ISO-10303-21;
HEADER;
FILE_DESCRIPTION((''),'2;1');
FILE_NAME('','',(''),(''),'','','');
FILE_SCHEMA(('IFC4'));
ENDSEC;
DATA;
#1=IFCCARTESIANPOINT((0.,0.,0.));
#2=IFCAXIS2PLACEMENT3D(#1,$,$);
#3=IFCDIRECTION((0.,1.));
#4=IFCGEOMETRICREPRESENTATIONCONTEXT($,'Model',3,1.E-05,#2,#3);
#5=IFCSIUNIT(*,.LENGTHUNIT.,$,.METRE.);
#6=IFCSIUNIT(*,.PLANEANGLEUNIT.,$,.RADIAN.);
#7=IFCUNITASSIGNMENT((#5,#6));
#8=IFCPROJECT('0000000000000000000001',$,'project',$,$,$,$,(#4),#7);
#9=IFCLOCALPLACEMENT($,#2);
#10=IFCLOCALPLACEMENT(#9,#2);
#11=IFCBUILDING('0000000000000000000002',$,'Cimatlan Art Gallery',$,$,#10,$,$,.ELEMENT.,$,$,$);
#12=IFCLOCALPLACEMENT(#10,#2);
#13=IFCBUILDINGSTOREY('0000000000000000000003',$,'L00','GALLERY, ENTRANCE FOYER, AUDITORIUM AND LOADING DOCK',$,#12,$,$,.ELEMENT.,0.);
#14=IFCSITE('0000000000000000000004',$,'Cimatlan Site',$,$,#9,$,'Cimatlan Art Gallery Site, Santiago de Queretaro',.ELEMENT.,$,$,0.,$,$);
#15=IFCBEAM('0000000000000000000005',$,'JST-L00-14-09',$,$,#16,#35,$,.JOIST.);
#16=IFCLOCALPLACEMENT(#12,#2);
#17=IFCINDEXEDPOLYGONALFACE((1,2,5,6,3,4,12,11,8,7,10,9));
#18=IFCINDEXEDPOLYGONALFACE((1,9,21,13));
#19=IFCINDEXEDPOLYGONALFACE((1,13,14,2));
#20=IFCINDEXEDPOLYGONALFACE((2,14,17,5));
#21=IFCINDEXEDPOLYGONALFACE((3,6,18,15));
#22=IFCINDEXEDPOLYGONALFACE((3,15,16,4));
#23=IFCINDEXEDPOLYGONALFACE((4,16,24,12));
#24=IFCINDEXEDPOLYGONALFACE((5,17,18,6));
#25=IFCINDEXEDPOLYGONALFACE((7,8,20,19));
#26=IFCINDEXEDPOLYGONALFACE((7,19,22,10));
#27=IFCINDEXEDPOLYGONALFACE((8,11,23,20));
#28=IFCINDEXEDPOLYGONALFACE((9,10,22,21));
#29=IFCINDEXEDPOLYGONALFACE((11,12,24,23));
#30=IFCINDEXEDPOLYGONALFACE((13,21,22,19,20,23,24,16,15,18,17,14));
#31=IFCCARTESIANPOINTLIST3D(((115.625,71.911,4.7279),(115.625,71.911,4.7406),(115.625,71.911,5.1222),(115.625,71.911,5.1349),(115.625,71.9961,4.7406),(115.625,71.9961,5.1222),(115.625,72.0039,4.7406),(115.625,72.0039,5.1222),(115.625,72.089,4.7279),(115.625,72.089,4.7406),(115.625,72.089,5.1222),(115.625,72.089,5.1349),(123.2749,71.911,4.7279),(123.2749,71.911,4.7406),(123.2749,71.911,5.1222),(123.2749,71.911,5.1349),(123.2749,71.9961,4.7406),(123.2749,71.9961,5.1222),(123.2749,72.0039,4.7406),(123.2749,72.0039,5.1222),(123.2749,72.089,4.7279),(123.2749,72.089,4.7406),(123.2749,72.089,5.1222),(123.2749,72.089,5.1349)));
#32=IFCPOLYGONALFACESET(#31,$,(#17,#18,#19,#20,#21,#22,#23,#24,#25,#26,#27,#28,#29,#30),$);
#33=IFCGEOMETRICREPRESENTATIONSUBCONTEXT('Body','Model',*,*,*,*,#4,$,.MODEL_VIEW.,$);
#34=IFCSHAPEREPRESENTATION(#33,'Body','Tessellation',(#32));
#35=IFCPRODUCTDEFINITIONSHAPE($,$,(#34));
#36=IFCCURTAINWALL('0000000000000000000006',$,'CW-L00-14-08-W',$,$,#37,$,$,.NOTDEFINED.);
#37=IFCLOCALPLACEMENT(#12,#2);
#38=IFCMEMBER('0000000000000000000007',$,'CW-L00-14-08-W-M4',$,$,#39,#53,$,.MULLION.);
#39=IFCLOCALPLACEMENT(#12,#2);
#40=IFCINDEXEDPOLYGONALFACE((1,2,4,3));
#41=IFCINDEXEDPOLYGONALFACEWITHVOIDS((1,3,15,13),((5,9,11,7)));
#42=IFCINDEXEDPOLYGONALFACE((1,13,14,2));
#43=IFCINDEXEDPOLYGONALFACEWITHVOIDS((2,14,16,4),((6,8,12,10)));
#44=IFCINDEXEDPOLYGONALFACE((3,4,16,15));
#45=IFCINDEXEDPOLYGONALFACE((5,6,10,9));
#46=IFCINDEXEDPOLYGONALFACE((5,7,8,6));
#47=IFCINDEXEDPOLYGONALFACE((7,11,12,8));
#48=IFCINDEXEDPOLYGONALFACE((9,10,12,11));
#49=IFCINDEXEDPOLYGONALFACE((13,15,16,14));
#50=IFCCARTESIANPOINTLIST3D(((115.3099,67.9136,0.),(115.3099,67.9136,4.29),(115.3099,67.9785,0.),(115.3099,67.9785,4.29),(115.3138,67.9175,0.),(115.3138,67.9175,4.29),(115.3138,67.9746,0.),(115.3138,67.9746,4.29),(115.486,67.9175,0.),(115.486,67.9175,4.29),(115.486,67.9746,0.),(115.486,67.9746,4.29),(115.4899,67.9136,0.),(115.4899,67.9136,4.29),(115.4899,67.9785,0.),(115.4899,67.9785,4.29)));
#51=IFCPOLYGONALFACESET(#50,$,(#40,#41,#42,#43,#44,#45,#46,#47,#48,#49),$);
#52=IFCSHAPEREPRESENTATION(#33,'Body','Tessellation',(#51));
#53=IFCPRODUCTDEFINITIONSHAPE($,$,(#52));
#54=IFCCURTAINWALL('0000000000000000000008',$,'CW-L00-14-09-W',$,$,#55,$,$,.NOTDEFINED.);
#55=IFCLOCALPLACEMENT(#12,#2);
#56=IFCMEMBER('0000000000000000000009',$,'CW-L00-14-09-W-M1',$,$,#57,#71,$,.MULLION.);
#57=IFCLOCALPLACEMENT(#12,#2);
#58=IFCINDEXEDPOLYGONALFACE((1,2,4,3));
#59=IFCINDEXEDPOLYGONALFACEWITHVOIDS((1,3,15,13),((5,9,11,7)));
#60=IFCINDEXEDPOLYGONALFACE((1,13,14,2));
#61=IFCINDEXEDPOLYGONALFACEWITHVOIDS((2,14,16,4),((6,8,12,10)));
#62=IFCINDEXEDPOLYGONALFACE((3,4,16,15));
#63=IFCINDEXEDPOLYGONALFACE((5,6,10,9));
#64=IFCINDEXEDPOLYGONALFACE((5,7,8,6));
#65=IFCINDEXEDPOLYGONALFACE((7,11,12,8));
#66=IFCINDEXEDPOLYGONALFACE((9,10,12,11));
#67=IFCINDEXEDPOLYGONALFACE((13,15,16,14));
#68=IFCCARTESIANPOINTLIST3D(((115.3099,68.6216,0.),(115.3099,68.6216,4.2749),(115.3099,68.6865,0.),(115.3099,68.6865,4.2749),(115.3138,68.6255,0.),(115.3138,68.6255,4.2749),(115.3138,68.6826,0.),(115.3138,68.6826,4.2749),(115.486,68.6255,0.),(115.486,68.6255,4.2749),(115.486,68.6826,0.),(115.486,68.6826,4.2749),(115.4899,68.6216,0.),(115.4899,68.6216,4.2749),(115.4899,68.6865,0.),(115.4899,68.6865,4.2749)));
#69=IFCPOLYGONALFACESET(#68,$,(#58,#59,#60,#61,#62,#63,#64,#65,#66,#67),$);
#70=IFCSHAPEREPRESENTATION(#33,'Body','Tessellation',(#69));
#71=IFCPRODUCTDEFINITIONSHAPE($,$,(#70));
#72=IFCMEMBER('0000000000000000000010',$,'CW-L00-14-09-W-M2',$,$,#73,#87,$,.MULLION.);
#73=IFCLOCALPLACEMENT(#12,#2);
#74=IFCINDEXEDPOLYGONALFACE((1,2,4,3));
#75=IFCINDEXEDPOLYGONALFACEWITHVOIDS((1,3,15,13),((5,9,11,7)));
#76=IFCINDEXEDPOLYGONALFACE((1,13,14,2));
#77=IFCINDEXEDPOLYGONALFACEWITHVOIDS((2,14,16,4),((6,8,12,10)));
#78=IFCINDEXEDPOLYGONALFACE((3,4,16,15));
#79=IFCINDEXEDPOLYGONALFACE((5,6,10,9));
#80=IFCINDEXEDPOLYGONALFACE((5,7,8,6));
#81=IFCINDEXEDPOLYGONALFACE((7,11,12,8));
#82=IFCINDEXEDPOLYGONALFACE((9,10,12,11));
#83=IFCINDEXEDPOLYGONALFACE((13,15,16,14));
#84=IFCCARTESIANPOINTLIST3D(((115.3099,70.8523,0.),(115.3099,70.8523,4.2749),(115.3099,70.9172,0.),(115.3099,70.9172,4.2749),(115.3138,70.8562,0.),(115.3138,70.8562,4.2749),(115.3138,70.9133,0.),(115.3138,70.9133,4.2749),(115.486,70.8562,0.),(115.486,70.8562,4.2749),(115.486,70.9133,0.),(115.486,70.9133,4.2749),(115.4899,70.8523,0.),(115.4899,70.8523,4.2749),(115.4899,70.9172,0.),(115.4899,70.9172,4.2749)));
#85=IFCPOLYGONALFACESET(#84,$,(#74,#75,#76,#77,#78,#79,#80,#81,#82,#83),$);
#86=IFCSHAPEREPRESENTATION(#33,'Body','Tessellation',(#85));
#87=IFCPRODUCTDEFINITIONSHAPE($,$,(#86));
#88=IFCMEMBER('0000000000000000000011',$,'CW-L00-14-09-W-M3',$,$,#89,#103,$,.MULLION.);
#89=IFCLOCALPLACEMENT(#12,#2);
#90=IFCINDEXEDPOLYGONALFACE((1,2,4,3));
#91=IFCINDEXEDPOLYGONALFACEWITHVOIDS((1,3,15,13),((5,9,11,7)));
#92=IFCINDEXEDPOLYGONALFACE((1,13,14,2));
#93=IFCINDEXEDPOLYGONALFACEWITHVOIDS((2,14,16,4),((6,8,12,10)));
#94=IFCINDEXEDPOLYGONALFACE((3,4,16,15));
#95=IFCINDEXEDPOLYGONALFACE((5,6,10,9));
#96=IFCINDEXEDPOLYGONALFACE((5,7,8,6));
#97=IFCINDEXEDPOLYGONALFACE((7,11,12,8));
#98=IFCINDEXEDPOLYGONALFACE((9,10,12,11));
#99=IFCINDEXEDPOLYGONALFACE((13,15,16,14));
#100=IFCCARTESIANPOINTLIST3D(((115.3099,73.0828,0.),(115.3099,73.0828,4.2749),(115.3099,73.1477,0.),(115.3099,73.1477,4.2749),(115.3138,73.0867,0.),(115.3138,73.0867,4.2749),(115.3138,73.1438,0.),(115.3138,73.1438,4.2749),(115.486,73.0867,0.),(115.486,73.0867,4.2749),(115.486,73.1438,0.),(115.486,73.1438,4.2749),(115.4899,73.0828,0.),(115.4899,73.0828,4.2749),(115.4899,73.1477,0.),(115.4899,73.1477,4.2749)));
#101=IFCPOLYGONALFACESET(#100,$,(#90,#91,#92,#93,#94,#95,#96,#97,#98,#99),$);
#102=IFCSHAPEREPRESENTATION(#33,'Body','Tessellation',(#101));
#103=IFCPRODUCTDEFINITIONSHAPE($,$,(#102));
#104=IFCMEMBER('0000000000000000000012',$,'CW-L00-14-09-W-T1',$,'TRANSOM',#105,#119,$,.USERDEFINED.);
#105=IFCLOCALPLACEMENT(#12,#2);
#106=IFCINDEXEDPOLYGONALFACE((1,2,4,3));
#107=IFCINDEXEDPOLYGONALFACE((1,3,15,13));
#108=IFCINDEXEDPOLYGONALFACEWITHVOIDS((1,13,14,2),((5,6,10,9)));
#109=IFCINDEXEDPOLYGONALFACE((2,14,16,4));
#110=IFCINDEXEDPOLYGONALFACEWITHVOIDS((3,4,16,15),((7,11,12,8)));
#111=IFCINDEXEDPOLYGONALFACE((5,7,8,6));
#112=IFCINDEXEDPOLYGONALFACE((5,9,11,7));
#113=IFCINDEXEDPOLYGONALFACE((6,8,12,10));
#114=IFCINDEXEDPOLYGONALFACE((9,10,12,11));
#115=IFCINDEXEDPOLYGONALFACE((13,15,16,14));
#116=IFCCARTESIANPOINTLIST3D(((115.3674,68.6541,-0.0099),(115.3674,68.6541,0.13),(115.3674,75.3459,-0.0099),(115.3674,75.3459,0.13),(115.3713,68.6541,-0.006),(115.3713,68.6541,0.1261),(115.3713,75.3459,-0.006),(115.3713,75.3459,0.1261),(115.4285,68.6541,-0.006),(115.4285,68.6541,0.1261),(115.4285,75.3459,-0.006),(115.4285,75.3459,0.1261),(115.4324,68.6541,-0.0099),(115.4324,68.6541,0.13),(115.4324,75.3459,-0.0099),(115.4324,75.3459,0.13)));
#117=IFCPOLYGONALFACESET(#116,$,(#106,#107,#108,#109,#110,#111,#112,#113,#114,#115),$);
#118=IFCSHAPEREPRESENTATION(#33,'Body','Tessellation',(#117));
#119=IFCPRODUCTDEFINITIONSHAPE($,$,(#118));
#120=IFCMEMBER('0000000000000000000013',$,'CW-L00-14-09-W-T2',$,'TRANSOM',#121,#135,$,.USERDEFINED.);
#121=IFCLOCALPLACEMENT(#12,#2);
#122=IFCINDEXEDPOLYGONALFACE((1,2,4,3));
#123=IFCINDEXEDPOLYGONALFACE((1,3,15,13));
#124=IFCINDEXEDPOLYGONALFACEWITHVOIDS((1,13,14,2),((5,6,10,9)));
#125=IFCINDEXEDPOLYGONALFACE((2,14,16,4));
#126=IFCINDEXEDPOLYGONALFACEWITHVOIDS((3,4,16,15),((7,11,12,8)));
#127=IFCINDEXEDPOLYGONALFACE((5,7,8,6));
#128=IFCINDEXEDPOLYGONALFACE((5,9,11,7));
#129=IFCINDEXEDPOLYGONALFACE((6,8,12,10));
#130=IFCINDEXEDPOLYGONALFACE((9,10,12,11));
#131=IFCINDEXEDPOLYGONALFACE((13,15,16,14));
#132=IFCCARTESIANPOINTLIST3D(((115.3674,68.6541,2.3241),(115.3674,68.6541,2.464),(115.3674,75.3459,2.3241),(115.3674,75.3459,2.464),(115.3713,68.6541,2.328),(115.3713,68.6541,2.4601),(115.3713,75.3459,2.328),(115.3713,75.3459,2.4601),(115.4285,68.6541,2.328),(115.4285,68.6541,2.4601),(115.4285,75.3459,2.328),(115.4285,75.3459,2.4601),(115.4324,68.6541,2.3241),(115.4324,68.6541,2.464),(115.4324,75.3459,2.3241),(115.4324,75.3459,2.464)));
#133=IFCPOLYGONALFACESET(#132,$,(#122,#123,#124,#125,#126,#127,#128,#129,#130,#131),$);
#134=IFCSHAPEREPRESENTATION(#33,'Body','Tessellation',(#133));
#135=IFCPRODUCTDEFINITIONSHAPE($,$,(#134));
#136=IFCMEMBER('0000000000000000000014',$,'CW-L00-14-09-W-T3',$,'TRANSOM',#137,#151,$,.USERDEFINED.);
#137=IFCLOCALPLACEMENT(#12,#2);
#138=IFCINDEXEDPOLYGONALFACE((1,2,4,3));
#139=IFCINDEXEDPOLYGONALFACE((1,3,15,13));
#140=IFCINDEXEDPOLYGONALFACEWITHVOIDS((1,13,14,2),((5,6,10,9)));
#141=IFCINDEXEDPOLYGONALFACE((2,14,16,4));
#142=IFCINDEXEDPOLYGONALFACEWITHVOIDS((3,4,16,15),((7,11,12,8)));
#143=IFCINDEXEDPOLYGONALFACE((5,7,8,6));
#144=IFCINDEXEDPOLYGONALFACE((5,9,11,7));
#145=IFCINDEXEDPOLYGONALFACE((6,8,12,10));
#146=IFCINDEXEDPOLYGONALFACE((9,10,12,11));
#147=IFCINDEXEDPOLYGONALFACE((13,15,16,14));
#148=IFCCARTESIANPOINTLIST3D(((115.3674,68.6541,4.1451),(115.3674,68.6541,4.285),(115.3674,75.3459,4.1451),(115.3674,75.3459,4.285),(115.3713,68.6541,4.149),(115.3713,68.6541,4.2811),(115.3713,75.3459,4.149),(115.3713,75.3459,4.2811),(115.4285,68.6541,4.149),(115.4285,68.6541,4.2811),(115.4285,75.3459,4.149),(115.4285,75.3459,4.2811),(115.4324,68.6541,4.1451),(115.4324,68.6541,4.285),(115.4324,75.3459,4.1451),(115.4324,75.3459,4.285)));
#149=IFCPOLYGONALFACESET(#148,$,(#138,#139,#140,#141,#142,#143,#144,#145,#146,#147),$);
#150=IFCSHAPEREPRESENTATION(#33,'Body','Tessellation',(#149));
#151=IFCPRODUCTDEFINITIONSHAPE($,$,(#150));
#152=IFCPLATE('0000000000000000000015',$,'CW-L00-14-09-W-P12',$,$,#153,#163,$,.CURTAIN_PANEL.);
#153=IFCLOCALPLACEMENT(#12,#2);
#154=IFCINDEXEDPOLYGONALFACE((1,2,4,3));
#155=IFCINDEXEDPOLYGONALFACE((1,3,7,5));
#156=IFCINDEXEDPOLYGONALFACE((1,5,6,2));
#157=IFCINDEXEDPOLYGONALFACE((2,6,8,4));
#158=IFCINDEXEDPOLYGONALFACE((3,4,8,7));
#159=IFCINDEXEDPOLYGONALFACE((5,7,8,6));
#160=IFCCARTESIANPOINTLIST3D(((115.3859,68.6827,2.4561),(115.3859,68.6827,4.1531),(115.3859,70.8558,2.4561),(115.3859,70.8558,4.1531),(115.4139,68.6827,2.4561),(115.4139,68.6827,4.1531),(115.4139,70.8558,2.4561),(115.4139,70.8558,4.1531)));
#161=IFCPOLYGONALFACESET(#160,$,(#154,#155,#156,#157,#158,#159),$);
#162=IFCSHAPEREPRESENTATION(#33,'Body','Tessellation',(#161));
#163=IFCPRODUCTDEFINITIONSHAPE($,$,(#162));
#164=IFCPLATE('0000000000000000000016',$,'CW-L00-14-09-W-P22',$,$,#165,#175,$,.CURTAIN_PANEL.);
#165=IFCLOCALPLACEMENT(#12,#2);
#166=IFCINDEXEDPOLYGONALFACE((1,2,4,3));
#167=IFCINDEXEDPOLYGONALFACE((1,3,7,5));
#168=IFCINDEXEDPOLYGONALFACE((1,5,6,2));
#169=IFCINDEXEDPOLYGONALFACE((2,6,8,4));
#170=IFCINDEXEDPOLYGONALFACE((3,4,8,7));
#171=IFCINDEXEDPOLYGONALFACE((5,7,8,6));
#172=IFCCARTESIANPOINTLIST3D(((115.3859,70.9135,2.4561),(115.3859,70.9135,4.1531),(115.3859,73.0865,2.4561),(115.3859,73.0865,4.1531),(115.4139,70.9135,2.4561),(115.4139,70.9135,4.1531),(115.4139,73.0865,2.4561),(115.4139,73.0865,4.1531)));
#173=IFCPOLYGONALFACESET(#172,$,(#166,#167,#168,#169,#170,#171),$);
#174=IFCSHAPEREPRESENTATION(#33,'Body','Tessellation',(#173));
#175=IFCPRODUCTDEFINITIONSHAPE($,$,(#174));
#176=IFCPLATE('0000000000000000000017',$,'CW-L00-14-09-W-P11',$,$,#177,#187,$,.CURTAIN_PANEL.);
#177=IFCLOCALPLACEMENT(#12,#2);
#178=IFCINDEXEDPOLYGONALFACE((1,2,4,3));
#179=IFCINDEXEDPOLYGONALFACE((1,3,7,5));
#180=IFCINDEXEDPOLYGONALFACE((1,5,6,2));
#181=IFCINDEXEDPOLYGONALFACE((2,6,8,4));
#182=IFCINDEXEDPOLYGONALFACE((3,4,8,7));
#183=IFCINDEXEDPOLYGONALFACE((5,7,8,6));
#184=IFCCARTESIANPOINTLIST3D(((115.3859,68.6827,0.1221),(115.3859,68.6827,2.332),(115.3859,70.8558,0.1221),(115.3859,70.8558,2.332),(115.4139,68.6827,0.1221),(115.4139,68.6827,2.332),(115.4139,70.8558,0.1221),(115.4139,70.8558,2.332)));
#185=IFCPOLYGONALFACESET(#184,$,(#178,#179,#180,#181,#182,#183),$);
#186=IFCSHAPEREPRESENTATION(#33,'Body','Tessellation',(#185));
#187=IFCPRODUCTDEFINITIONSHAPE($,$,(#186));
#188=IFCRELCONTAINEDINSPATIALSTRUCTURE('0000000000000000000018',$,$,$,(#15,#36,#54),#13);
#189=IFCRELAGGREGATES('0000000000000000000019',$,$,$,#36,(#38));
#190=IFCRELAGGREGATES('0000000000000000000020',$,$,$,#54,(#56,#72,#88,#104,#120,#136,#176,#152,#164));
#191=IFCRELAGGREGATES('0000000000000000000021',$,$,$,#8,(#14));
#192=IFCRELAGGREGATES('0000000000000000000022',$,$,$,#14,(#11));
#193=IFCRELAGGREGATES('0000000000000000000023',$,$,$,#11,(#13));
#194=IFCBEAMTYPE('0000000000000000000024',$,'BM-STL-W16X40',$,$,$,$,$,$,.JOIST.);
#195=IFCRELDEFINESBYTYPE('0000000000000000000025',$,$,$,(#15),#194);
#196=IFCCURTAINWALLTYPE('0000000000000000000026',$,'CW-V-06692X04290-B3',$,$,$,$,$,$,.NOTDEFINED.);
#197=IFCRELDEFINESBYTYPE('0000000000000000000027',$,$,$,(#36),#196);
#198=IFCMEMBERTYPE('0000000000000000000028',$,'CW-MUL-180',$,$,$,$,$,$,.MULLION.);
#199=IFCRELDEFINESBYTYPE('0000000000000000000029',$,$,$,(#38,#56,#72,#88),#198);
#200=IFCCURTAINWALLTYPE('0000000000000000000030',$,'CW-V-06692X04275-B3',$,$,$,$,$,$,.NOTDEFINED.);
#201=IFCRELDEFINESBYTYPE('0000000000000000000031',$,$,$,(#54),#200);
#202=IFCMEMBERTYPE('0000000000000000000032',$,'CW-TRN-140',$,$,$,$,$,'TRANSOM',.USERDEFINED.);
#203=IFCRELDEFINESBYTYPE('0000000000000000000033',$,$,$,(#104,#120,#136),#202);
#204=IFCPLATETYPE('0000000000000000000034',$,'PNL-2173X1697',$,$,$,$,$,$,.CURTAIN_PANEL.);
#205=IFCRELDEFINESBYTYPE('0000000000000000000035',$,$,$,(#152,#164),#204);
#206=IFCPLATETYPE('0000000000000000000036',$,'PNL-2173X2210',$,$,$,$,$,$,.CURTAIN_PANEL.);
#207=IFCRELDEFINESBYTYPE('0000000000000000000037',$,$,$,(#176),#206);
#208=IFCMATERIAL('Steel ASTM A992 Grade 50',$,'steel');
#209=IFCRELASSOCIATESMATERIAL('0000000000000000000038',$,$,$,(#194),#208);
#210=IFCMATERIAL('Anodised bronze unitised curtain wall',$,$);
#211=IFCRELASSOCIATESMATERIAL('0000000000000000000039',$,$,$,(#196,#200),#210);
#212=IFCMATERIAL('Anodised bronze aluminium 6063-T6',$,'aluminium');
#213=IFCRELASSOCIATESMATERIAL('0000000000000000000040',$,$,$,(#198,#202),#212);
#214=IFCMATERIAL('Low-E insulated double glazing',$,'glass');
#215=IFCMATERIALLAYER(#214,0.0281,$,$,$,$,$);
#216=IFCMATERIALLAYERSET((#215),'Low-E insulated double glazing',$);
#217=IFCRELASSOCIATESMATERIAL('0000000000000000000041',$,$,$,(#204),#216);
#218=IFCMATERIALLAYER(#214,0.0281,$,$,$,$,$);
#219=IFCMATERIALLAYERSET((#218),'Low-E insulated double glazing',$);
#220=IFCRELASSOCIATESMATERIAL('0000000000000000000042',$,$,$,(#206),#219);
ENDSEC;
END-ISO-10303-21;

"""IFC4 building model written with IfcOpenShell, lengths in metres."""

from ifc_helpers import new_model, si_unit, direction, frame, origin, origin_2d, place, context, subcontext, project, spatial, rectangle, hollow_rectangle, i_section, extrude, material, layer, layer_set, material_profile, profile_set, type_object, element, aggregate, save


model = new_model("IFC4")

# Units and contexts
model_context = context("Model", 3, precision=1e-05, world=origin(), true_north=direction((0.0, 1.0)))
body_context = subcontext(model_context, "Body", "Model", "MODEL_VIEW")
ifc_project = project(units=[si_unit("LENGTHUNIT", "METRE"), si_unit("PLANEANGLEUNIT", "RADIAN")], contexts=[model_context])

# Site, building, storey
site_placement = place(None, origin())
site = spatial("IfcSite", under=ifc_project, at=site_placement, Name="Cimatlan Site", LongName="Cimatlan Art Gallery Site, Santiago de Queretaro", CompositionType="ELEMENT", RefElevation=0.0)
building_placement = place(site_placement, origin())
building = spatial("IfcBuilding", under=site, at=building_placement, Name="Cimatlan Art Gallery", CompositionType="ELEMENT")
storey_placement = place(building_placement, origin())
storey = spatial("IfcBuildingStorey", under=building, at=storey_placement, Name="L00", Description="GALLERY, ENTRANCE FOYER, AUDITORIUM AND LOADING DOCK", CompositionType="ELEMENT", Elevation=0.0)

# Beam
ifc_material_1 = material(Name="Steel ASTM A992 Grade 50", Category="steel")
ifc_material_profile_1 = material_profile(ifc_material_1, i_section(OverallWidth=0.178, OverallDepth=0.407, WebThickness=0.0078, FlangeThickness=0.0127, at=origin_2d()), Name="W16X40")
ifc_profile_set_1 = profile_set([ifc_material_profile_1], Name="Steel ASTM A992 Grade 50")
beam_type_1 = type_object("IfcBeamType", Name="BM-STL-W16X40", PredefinedType="JOIST", material=ifc_profile_set_1)
beam_1_placement = place(storey_placement, frame((115.625, 72.0, 4.9314), z_axis=(1.0, 0.0, 0.0), x_axis=(0.0, 1.0, 0.0)))
element("IfcBeam", 1, at=beam_1_placement, inside=storey, type_object=beam_type_1, Name="JST-L00-14-09", PredefinedType="JOIST", context=body_context, shape_type="SweptSolid", body=[
    extrude(i_section(OverallWidth=0.178, OverallDepth=0.407, WebThickness=0.0078, FlangeThickness=0.0127, at=origin_2d()), origin(), (0.0, 0.0, 1.0), 7.6499),
])

# Curtain wall, member
ifc_material_2 = material(Name="Anodised bronze unitised curtain wall")
curtain_wall_type_1 = type_object("IfcCurtainWallType", Name="CW-V-06692X04290-B3", PredefinedType="NOTDEFINED", material=ifc_material_2)
curtain_wall_1_placement = place(storey_placement, origin())
curtain_wall_1 = element("IfcCurtainWall", 2, at=curtain_wall_1_placement, inside=storey, type_object=curtain_wall_type_1, Name="CW-L00-14-08-W", PredefinedType="NOTDEFINED")
ifc_material_3 = material(Name="Anodised bronze aluminium 6063-T6", Category="aluminium")
ifc_material_profile_2 = material_profile(ifc_material_3, hollow_rectangle(XDim=0.0649, YDim=0.1799, WallThickness=0.0039, at=origin_2d()), Name="ALU65X180X4")
ifc_profile_set_2 = profile_set([ifc_material_profile_2], Name="Anodised bronze aluminium 6063-T6")
member_type_1 = type_object("IfcMemberType", Name="CW-MUL-180", PredefinedType="MULLION", material=ifc_profile_set_2)
member_1_placement = place(storey_placement, frame((115.3999, 67.946, 0.0), z_axis=(0.0, 0.0, 1.0), x_axis=(0.0, 1.0, 0.0)))
member_1 = element("IfcMember", 3, at=member_1_placement, type_object=member_type_1, Name="CW-L00-14-08-W-M4", PredefinedType="MULLION", context=body_context, shape_type="SweptSolid", body=[
    extrude(hollow_rectangle(XDim=0.0649, YDim=0.1799, WallThickness=0.0039, at=origin_2d()), origin(), (0.0, 0.0, 1.0), 4.29),
])
aggregate(curtain_wall_1, [member_1])

# Curtain wall, members, plates
curtain_wall_type_2 = type_object("IfcCurtainWallType", Name="CW-V-06692X04275-B3", PredefinedType="NOTDEFINED", material=ifc_material_2)
curtain_wall_2_placement = place(storey_placement, origin())
curtain_wall_2 = element("IfcCurtainWall", 4, at=curtain_wall_2_placement, inside=storey, type_object=curtain_wall_type_2, Name="CW-L00-14-09-W", PredefinedType="NOTDEFINED")
member_2_placement = place(storey_placement, frame((115.3999, 68.6541, 0.0), z_axis=(0.0, 0.0, 1.0), x_axis=(0.0, 1.0, 0.0)))
member_2 = element("IfcMember", 5, at=member_2_placement, type_object=member_type_1, Name="CW-L00-14-09-W-M1", PredefinedType="MULLION", context=body_context, shape_type="SweptSolid", body=[
    extrude(hollow_rectangle(XDim=0.0649, YDim=0.1799, WallThickness=0.0039, at=origin_2d()), origin(), (0.0, 0.0, 1.0), 4.2749),
])
member_3_placement = place(storey_placement, frame((115.3999, 70.8848, 0.0), z_axis=(0.0, 0.0, 1.0), x_axis=(0.0, 1.0, 0.0)))
member_3 = element("IfcMember", 6, at=member_3_placement, type_object=member_type_1, Name="CW-L00-14-09-W-M2", PredefinedType="MULLION", context=body_context, shape_type="SweptSolid", body=[
    extrude(hollow_rectangle(XDim=0.0649, YDim=0.1799, WallThickness=0.0039, at=origin_2d()), origin(), (0.0, 0.0, 1.0), 4.2749),
])
member_4_placement = place(storey_placement, frame((115.3999, 73.1152, 0.0), z_axis=(0.0, 0.0, 1.0), x_axis=(0.0, 1.0, 0.0)))
member_4 = element("IfcMember", 7, at=member_4_placement, type_object=member_type_1, Name="CW-L00-14-09-W-M3", PredefinedType="MULLION", context=body_context, shape_type="SweptSolid", body=[
    extrude(hollow_rectangle(XDim=0.0649, YDim=0.1799, WallThickness=0.0039, at=origin_2d()), origin(), (0.0, 0.0, 1.0), 4.2749),
])
ifc_material_profile_3 = material_profile(ifc_material_3, hollow_rectangle(XDim=0.0649, YDim=0.1399, WallThickness=0.0039, at=origin_2d()), Name="ALU65X140X4")
ifc_profile_set_3 = profile_set([ifc_material_profile_3], Name="Anodised bronze aluminium 6063-T6")
member_type_2 = type_object("IfcMemberType", Name="CW-TRN-140", ElementType="TRANSOM", PredefinedType="USERDEFINED", material=ifc_profile_set_3)
member_5_placement = place(storey_placement, frame((115.3999, 68.6541, 0.0601), z_axis=(0.0, 1.0, 0.0), x_axis=(-1.0, 0.0, 0.0)))
member_5 = element("IfcMember", 8, at=member_5_placement, type_object=member_type_2, Name="CW-L00-14-09-W-T1", ObjectType="TRANSOM", PredefinedType="USERDEFINED", context=body_context, shape_type="SweptSolid", body=[
    extrude(hollow_rectangle(XDim=0.0649, YDim=0.1399, WallThickness=0.0039, at=origin_2d()), origin(), (0.0, 0.0, 1.0), 6.6919),
])
member_6_placement = place(storey_placement, frame((115.3999, 68.6541, 2.394), z_axis=(0.0, 1.0, 0.0), x_axis=(-1.0, 0.0, 0.0)))
member_6 = element("IfcMember", 9, at=member_6_placement, type_object=member_type_2, Name="CW-L00-14-09-W-T2", ObjectType="TRANSOM", PredefinedType="USERDEFINED", context=body_context, shape_type="SweptSolid", body=[
    extrude(hollow_rectangle(XDim=0.0649, YDim=0.1399, WallThickness=0.0039, at=origin_2d()), origin(), (0.0, 0.0, 1.0), 6.6919),
])
member_7_placement = place(storey_placement, frame((115.3999, 68.6541, 4.2151), z_axis=(0.0, 1.0, 0.0), x_axis=(-1.0, 0.0, 0.0)))
member_7 = element("IfcMember", 10, at=member_7_placement, type_object=member_type_2, Name="CW-L00-14-09-W-T3", ObjectType="TRANSOM", PredefinedType="USERDEFINED", context=body_context, shape_type="SweptSolid", body=[
    extrude(hollow_rectangle(XDim=0.0649, YDim=0.1399, WallThickness=0.0039, at=origin_2d()), origin(), (0.0, 0.0, 1.0), 6.6919),
])
ifc_material_4 = material(Name="Low-E insulated double glazing", Category="glass")
ifc_layer_1 = layer(ifc_material_4, 0.0281)
ifc_layer_set_1 = layer_set([ifc_layer_1], Name="Low-E insulated double glazing")
plate_type_1 = type_object("IfcPlateType", Name="PNL-2173X1697", PredefinedType="CURTAIN_PANEL", material=ifc_layer_set_1)
plate_1_placement = place(storey_placement, frame((115.3999, 69.7693, 2.4561), z_axis=(0.0, 0.0, 1.0), x_axis=(0.0, 1.0, 0.0)))
plate_1 = element("IfcPlate", 11, at=plate_1_placement, type_object=plate_type_1, Name="CW-L00-14-09-W-P12", PredefinedType="CURTAIN_PANEL", context=body_context, shape_type="SweptSolid", body=[
    extrude(rectangle(XDim=2.1731, YDim=0.0281, at=origin_2d()), origin(), (0.0, 0.0, 1.0), 1.697),
])
plate_2_placement = place(storey_placement, frame((115.3999, 72.0, 2.4561), z_axis=(0.0, 0.0, 1.0), x_axis=(0.0, 1.0, 0.0)))
plate_2 = element("IfcPlate", 12, at=plate_2_placement, type_object=plate_type_1, Name="CW-L00-14-09-W-P22", PredefinedType="CURTAIN_PANEL", context=body_context, shape_type="SweptSolid", body=[
    extrude(rectangle(XDim=2.1731, YDim=0.0281, at=origin_2d()), origin(), (0.0, 0.0, 1.0), 1.697),
])
ifc_layer_2 = layer(ifc_material_4, 0.0281)
ifc_layer_set_2 = layer_set([ifc_layer_2], Name="Low-E insulated double glazing")
plate_type_2 = type_object("IfcPlateType", Name="PNL-2173X2210", PredefinedType="CURTAIN_PANEL", material=ifc_layer_set_2)
plate_3_placement = place(storey_placement, frame((115.3999, 69.7693, 0.1221), z_axis=(0.0, 0.0, 1.0), x_axis=(0.0, 1.0, 0.0)))
plate_3 = element("IfcPlate", 13, at=plate_3_placement, type_object=plate_type_2, Name="CW-L00-14-09-W-P11", PredefinedType="CURTAIN_PANEL", context=body_context, shape_type="SweptSolid", body=[
    extrude(rectangle(XDim=2.1731, YDim=0.0281, at=origin_2d()), origin(), (0.0, 0.0, 1.0), 2.21),
])
aggregate(curtain_wall_2, [member_2, member_3, member_4, member_5, member_6, member_7, plate_3, plate_1, plate_2])

save(model, "model.ifc")
